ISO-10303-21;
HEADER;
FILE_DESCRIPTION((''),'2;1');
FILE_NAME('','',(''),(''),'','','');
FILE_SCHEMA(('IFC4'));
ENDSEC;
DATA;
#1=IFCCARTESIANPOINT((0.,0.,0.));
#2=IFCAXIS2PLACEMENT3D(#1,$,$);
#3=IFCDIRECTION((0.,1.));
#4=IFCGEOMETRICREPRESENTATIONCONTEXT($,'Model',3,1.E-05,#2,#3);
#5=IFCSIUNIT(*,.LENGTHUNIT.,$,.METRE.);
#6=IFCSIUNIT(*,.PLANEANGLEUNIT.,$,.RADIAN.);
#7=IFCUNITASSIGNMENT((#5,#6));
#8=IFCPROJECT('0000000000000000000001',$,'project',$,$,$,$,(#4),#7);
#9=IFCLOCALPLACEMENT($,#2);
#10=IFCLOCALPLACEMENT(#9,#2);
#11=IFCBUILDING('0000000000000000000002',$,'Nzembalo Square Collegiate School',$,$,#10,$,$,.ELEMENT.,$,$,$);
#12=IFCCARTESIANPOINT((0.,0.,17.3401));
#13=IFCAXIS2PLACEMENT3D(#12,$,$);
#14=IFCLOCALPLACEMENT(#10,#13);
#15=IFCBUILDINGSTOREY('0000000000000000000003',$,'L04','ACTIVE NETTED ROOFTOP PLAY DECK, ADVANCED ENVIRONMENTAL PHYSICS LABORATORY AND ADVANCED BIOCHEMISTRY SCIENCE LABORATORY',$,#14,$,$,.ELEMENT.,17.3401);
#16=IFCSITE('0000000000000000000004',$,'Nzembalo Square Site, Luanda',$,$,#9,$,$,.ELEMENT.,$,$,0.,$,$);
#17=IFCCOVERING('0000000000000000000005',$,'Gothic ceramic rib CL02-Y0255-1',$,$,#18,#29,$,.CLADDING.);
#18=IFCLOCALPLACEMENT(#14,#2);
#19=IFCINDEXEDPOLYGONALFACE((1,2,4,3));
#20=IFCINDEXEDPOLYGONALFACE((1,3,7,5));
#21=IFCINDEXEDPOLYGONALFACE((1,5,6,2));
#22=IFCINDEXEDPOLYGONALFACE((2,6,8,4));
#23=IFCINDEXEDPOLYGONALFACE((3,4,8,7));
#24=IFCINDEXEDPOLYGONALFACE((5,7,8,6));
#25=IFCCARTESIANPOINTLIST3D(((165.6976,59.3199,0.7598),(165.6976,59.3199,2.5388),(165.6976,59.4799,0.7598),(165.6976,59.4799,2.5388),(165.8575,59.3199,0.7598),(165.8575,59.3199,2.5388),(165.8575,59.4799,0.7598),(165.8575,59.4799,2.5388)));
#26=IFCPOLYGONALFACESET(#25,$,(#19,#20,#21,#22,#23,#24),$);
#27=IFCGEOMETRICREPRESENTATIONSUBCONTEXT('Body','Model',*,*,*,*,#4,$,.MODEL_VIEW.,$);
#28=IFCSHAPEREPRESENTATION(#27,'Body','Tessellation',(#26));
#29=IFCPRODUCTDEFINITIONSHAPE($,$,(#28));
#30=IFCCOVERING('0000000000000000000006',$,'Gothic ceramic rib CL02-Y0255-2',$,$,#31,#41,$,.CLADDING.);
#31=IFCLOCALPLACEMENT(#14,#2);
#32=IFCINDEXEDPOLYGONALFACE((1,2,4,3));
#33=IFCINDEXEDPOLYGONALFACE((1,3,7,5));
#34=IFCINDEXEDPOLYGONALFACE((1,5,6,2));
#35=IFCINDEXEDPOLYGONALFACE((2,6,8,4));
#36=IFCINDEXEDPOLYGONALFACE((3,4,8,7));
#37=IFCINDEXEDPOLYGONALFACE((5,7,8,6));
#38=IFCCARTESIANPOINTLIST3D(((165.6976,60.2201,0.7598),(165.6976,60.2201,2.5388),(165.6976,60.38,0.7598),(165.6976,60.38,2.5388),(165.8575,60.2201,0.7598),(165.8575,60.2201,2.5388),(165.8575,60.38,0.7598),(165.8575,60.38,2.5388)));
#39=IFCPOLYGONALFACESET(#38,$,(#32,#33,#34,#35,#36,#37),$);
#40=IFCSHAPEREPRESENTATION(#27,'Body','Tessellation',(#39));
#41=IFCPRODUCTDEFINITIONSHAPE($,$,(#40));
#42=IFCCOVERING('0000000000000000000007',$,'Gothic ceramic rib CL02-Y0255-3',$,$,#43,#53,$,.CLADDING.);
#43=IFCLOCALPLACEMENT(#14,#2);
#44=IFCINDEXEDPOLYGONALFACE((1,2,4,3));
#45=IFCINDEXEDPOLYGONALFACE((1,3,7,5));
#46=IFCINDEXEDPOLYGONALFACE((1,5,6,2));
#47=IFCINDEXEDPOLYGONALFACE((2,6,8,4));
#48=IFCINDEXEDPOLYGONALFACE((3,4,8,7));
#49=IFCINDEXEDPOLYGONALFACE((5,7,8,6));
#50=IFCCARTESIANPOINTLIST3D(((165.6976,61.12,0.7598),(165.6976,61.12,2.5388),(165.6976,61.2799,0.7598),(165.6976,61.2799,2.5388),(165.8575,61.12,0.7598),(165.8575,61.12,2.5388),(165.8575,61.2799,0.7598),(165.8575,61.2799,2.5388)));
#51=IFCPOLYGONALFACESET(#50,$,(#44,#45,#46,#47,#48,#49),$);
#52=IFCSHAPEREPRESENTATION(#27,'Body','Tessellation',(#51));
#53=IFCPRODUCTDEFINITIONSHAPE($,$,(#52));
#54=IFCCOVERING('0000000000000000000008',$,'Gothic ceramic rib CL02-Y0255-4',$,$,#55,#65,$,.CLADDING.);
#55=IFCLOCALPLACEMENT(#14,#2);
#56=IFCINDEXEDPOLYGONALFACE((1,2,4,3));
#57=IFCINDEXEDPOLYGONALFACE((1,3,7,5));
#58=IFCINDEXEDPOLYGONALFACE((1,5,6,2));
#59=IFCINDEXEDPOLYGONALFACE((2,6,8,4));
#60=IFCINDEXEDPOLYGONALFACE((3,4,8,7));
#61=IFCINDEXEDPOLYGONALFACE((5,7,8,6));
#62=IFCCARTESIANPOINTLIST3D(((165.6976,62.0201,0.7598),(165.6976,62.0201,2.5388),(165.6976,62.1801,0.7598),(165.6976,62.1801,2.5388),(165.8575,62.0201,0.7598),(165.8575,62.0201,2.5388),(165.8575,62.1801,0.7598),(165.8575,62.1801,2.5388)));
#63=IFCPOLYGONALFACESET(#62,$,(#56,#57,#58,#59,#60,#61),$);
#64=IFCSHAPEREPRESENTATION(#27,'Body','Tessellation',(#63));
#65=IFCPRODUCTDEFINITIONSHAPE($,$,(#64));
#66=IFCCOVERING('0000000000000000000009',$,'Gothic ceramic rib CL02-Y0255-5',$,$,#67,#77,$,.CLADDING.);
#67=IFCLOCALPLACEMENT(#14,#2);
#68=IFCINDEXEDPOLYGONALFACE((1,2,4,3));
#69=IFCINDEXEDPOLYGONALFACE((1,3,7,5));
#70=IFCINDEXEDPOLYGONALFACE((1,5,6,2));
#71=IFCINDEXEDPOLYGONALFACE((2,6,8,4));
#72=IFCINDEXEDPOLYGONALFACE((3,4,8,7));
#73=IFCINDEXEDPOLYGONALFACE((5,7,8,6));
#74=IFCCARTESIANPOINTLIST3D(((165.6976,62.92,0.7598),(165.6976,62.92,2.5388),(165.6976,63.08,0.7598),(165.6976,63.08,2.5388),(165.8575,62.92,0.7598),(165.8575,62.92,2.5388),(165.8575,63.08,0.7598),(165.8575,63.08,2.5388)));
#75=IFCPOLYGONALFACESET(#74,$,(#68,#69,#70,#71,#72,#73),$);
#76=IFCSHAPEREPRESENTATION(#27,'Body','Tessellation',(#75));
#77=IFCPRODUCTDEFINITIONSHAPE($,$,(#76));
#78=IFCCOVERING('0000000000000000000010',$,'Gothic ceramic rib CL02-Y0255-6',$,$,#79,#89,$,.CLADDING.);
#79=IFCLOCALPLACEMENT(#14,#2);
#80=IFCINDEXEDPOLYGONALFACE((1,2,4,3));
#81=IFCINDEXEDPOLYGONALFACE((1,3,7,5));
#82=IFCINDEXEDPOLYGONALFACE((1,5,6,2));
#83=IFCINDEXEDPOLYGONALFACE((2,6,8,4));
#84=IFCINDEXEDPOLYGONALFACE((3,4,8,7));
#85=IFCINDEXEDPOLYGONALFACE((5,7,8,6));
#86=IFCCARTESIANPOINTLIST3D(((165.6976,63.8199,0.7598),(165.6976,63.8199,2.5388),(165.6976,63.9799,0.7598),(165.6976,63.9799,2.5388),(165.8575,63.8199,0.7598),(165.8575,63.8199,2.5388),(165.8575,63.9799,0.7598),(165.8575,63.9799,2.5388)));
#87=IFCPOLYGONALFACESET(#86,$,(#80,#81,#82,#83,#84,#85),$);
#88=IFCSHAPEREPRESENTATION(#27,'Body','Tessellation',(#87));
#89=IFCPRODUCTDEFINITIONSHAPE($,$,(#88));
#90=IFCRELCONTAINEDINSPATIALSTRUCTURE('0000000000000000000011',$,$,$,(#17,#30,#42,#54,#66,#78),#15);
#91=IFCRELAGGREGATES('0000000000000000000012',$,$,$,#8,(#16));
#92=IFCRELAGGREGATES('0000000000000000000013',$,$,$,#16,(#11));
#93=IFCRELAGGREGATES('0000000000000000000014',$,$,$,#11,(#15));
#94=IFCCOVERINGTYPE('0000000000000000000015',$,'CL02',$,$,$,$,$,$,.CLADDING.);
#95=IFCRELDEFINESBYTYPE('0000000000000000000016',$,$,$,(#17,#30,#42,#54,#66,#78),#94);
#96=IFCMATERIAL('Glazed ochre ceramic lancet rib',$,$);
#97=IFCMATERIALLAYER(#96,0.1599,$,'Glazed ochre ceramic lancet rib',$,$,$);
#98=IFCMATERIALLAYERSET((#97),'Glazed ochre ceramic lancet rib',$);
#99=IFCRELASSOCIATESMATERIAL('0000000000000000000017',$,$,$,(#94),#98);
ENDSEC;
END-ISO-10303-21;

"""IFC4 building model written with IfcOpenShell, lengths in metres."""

from ifc_helpers import new_model, si_unit, direction, frame, origin, origin_2d, place, context, subcontext, project, spatial, rectangle, extrude, material, layer, layer_set, type_object, element, save


model = new_model("IFC4")

# Units and contexts
model_context = context("Model", 3, precision=1e-05, world=origin(), true_north=direction((0.0, 1.0)))
body_context = subcontext(model_context, "Body", "Model", "MODEL_VIEW")
ifc_project = project(units=[si_unit("LENGTHUNIT", "METRE"), si_unit("PLANEANGLEUNIT", "RADIAN")], contexts=[model_context])

# Site, building, storey
site_placement = place(None, origin())
site = spatial("IfcSite", under=ifc_project, at=site_placement, Name="Nzembalo Square Site, Luanda", CompositionType="ELEMENT", RefElevation=0.0)
building_placement = place(site_placement, origin())
building = spatial("IfcBuilding", under=site, at=building_placement, Name="Nzembalo Square Collegiate School", CompositionType="ELEMENT")
storey_placement = place(building_placement, frame((0.0, 0.0, 17.3401)))
storey = spatial("IfcBuildingStorey", under=building, at=storey_placement, Name="L04", Description="ACTIVE NETTED ROOFTOP PLAY DECK, ADVANCED ENVIRONMENTAL PHYSICS LABORATORY AND ADVANCED BIOCHEMISTRY SCIENCE LABORATORY", CompositionType="ELEMENT", Elevation=17.3401)

# Coverings
ifc_material_1 = material(Name="Glazed ochre ceramic lancet rib")
ifc_layer_1 = layer(ifc_material_1, 0.1599, Name="Glazed ochre ceramic lancet rib")
ifc_layer_set_1 = layer_set([ifc_layer_1], Name="Glazed ochre ceramic lancet rib")
covering_type_1 = type_object("IfcCoveringType", Name="CL02", PredefinedType="CLADDING", material=ifc_layer_set_1)
for number, where, z_axis, x_axis, name in (
    (1, (165.7776, 59.3999, 0.7598), (0.0, 0.0, 1.0), (1.0, 0.0, 0.0), "Gothic ceramic rib CL02-Y0255-1"),
    (2, (165.7776, 60.3, 0.7598), (0.0, 0.0, 1.0), (1.0, 0.0, 0.0), "Gothic ceramic rib CL02-Y0255-2"),
    (3, (165.7776, 61.2, 0.7598), (0.0, 0.0, 1.0), (1.0, 0.0, 0.0), "Gothic ceramic rib CL02-Y0255-3"),
    (4, (165.7776, 62.1001, 0.7598), (0.0, 0.0, 1.0), (1.0, 0.0, 0.0), "Gothic ceramic rib CL02-Y0255-4"),
    (5, (165.7776, 63.0, 0.7598), (0.0, 0.0, 1.0), (1.0, 0.0, 0.0), "Gothic ceramic rib CL02-Y0255-5"),
    (6, (165.7776, 63.8999, 0.7598), (0.0, 0.0, 1.0), (1.0, 0.0, 0.0), "Gothic ceramic rib CL02-Y0255-6"),
):
    element("IfcCovering", number, at=place(storey_placement, frame(where, z_axis=z_axis, x_axis=x_axis)), inside=storey, type_object=covering_type_1, Name=name, PredefinedType="CLADDING", context=body_context, shape_type="SweptSolid", body=[
        extrude(rectangle(XDim=0.1599, YDim=0.1599, at=origin_2d()), origin(), (0.0, 0.0, 1.0), 1.7791),
    ])

save(model, "model.ifc")
